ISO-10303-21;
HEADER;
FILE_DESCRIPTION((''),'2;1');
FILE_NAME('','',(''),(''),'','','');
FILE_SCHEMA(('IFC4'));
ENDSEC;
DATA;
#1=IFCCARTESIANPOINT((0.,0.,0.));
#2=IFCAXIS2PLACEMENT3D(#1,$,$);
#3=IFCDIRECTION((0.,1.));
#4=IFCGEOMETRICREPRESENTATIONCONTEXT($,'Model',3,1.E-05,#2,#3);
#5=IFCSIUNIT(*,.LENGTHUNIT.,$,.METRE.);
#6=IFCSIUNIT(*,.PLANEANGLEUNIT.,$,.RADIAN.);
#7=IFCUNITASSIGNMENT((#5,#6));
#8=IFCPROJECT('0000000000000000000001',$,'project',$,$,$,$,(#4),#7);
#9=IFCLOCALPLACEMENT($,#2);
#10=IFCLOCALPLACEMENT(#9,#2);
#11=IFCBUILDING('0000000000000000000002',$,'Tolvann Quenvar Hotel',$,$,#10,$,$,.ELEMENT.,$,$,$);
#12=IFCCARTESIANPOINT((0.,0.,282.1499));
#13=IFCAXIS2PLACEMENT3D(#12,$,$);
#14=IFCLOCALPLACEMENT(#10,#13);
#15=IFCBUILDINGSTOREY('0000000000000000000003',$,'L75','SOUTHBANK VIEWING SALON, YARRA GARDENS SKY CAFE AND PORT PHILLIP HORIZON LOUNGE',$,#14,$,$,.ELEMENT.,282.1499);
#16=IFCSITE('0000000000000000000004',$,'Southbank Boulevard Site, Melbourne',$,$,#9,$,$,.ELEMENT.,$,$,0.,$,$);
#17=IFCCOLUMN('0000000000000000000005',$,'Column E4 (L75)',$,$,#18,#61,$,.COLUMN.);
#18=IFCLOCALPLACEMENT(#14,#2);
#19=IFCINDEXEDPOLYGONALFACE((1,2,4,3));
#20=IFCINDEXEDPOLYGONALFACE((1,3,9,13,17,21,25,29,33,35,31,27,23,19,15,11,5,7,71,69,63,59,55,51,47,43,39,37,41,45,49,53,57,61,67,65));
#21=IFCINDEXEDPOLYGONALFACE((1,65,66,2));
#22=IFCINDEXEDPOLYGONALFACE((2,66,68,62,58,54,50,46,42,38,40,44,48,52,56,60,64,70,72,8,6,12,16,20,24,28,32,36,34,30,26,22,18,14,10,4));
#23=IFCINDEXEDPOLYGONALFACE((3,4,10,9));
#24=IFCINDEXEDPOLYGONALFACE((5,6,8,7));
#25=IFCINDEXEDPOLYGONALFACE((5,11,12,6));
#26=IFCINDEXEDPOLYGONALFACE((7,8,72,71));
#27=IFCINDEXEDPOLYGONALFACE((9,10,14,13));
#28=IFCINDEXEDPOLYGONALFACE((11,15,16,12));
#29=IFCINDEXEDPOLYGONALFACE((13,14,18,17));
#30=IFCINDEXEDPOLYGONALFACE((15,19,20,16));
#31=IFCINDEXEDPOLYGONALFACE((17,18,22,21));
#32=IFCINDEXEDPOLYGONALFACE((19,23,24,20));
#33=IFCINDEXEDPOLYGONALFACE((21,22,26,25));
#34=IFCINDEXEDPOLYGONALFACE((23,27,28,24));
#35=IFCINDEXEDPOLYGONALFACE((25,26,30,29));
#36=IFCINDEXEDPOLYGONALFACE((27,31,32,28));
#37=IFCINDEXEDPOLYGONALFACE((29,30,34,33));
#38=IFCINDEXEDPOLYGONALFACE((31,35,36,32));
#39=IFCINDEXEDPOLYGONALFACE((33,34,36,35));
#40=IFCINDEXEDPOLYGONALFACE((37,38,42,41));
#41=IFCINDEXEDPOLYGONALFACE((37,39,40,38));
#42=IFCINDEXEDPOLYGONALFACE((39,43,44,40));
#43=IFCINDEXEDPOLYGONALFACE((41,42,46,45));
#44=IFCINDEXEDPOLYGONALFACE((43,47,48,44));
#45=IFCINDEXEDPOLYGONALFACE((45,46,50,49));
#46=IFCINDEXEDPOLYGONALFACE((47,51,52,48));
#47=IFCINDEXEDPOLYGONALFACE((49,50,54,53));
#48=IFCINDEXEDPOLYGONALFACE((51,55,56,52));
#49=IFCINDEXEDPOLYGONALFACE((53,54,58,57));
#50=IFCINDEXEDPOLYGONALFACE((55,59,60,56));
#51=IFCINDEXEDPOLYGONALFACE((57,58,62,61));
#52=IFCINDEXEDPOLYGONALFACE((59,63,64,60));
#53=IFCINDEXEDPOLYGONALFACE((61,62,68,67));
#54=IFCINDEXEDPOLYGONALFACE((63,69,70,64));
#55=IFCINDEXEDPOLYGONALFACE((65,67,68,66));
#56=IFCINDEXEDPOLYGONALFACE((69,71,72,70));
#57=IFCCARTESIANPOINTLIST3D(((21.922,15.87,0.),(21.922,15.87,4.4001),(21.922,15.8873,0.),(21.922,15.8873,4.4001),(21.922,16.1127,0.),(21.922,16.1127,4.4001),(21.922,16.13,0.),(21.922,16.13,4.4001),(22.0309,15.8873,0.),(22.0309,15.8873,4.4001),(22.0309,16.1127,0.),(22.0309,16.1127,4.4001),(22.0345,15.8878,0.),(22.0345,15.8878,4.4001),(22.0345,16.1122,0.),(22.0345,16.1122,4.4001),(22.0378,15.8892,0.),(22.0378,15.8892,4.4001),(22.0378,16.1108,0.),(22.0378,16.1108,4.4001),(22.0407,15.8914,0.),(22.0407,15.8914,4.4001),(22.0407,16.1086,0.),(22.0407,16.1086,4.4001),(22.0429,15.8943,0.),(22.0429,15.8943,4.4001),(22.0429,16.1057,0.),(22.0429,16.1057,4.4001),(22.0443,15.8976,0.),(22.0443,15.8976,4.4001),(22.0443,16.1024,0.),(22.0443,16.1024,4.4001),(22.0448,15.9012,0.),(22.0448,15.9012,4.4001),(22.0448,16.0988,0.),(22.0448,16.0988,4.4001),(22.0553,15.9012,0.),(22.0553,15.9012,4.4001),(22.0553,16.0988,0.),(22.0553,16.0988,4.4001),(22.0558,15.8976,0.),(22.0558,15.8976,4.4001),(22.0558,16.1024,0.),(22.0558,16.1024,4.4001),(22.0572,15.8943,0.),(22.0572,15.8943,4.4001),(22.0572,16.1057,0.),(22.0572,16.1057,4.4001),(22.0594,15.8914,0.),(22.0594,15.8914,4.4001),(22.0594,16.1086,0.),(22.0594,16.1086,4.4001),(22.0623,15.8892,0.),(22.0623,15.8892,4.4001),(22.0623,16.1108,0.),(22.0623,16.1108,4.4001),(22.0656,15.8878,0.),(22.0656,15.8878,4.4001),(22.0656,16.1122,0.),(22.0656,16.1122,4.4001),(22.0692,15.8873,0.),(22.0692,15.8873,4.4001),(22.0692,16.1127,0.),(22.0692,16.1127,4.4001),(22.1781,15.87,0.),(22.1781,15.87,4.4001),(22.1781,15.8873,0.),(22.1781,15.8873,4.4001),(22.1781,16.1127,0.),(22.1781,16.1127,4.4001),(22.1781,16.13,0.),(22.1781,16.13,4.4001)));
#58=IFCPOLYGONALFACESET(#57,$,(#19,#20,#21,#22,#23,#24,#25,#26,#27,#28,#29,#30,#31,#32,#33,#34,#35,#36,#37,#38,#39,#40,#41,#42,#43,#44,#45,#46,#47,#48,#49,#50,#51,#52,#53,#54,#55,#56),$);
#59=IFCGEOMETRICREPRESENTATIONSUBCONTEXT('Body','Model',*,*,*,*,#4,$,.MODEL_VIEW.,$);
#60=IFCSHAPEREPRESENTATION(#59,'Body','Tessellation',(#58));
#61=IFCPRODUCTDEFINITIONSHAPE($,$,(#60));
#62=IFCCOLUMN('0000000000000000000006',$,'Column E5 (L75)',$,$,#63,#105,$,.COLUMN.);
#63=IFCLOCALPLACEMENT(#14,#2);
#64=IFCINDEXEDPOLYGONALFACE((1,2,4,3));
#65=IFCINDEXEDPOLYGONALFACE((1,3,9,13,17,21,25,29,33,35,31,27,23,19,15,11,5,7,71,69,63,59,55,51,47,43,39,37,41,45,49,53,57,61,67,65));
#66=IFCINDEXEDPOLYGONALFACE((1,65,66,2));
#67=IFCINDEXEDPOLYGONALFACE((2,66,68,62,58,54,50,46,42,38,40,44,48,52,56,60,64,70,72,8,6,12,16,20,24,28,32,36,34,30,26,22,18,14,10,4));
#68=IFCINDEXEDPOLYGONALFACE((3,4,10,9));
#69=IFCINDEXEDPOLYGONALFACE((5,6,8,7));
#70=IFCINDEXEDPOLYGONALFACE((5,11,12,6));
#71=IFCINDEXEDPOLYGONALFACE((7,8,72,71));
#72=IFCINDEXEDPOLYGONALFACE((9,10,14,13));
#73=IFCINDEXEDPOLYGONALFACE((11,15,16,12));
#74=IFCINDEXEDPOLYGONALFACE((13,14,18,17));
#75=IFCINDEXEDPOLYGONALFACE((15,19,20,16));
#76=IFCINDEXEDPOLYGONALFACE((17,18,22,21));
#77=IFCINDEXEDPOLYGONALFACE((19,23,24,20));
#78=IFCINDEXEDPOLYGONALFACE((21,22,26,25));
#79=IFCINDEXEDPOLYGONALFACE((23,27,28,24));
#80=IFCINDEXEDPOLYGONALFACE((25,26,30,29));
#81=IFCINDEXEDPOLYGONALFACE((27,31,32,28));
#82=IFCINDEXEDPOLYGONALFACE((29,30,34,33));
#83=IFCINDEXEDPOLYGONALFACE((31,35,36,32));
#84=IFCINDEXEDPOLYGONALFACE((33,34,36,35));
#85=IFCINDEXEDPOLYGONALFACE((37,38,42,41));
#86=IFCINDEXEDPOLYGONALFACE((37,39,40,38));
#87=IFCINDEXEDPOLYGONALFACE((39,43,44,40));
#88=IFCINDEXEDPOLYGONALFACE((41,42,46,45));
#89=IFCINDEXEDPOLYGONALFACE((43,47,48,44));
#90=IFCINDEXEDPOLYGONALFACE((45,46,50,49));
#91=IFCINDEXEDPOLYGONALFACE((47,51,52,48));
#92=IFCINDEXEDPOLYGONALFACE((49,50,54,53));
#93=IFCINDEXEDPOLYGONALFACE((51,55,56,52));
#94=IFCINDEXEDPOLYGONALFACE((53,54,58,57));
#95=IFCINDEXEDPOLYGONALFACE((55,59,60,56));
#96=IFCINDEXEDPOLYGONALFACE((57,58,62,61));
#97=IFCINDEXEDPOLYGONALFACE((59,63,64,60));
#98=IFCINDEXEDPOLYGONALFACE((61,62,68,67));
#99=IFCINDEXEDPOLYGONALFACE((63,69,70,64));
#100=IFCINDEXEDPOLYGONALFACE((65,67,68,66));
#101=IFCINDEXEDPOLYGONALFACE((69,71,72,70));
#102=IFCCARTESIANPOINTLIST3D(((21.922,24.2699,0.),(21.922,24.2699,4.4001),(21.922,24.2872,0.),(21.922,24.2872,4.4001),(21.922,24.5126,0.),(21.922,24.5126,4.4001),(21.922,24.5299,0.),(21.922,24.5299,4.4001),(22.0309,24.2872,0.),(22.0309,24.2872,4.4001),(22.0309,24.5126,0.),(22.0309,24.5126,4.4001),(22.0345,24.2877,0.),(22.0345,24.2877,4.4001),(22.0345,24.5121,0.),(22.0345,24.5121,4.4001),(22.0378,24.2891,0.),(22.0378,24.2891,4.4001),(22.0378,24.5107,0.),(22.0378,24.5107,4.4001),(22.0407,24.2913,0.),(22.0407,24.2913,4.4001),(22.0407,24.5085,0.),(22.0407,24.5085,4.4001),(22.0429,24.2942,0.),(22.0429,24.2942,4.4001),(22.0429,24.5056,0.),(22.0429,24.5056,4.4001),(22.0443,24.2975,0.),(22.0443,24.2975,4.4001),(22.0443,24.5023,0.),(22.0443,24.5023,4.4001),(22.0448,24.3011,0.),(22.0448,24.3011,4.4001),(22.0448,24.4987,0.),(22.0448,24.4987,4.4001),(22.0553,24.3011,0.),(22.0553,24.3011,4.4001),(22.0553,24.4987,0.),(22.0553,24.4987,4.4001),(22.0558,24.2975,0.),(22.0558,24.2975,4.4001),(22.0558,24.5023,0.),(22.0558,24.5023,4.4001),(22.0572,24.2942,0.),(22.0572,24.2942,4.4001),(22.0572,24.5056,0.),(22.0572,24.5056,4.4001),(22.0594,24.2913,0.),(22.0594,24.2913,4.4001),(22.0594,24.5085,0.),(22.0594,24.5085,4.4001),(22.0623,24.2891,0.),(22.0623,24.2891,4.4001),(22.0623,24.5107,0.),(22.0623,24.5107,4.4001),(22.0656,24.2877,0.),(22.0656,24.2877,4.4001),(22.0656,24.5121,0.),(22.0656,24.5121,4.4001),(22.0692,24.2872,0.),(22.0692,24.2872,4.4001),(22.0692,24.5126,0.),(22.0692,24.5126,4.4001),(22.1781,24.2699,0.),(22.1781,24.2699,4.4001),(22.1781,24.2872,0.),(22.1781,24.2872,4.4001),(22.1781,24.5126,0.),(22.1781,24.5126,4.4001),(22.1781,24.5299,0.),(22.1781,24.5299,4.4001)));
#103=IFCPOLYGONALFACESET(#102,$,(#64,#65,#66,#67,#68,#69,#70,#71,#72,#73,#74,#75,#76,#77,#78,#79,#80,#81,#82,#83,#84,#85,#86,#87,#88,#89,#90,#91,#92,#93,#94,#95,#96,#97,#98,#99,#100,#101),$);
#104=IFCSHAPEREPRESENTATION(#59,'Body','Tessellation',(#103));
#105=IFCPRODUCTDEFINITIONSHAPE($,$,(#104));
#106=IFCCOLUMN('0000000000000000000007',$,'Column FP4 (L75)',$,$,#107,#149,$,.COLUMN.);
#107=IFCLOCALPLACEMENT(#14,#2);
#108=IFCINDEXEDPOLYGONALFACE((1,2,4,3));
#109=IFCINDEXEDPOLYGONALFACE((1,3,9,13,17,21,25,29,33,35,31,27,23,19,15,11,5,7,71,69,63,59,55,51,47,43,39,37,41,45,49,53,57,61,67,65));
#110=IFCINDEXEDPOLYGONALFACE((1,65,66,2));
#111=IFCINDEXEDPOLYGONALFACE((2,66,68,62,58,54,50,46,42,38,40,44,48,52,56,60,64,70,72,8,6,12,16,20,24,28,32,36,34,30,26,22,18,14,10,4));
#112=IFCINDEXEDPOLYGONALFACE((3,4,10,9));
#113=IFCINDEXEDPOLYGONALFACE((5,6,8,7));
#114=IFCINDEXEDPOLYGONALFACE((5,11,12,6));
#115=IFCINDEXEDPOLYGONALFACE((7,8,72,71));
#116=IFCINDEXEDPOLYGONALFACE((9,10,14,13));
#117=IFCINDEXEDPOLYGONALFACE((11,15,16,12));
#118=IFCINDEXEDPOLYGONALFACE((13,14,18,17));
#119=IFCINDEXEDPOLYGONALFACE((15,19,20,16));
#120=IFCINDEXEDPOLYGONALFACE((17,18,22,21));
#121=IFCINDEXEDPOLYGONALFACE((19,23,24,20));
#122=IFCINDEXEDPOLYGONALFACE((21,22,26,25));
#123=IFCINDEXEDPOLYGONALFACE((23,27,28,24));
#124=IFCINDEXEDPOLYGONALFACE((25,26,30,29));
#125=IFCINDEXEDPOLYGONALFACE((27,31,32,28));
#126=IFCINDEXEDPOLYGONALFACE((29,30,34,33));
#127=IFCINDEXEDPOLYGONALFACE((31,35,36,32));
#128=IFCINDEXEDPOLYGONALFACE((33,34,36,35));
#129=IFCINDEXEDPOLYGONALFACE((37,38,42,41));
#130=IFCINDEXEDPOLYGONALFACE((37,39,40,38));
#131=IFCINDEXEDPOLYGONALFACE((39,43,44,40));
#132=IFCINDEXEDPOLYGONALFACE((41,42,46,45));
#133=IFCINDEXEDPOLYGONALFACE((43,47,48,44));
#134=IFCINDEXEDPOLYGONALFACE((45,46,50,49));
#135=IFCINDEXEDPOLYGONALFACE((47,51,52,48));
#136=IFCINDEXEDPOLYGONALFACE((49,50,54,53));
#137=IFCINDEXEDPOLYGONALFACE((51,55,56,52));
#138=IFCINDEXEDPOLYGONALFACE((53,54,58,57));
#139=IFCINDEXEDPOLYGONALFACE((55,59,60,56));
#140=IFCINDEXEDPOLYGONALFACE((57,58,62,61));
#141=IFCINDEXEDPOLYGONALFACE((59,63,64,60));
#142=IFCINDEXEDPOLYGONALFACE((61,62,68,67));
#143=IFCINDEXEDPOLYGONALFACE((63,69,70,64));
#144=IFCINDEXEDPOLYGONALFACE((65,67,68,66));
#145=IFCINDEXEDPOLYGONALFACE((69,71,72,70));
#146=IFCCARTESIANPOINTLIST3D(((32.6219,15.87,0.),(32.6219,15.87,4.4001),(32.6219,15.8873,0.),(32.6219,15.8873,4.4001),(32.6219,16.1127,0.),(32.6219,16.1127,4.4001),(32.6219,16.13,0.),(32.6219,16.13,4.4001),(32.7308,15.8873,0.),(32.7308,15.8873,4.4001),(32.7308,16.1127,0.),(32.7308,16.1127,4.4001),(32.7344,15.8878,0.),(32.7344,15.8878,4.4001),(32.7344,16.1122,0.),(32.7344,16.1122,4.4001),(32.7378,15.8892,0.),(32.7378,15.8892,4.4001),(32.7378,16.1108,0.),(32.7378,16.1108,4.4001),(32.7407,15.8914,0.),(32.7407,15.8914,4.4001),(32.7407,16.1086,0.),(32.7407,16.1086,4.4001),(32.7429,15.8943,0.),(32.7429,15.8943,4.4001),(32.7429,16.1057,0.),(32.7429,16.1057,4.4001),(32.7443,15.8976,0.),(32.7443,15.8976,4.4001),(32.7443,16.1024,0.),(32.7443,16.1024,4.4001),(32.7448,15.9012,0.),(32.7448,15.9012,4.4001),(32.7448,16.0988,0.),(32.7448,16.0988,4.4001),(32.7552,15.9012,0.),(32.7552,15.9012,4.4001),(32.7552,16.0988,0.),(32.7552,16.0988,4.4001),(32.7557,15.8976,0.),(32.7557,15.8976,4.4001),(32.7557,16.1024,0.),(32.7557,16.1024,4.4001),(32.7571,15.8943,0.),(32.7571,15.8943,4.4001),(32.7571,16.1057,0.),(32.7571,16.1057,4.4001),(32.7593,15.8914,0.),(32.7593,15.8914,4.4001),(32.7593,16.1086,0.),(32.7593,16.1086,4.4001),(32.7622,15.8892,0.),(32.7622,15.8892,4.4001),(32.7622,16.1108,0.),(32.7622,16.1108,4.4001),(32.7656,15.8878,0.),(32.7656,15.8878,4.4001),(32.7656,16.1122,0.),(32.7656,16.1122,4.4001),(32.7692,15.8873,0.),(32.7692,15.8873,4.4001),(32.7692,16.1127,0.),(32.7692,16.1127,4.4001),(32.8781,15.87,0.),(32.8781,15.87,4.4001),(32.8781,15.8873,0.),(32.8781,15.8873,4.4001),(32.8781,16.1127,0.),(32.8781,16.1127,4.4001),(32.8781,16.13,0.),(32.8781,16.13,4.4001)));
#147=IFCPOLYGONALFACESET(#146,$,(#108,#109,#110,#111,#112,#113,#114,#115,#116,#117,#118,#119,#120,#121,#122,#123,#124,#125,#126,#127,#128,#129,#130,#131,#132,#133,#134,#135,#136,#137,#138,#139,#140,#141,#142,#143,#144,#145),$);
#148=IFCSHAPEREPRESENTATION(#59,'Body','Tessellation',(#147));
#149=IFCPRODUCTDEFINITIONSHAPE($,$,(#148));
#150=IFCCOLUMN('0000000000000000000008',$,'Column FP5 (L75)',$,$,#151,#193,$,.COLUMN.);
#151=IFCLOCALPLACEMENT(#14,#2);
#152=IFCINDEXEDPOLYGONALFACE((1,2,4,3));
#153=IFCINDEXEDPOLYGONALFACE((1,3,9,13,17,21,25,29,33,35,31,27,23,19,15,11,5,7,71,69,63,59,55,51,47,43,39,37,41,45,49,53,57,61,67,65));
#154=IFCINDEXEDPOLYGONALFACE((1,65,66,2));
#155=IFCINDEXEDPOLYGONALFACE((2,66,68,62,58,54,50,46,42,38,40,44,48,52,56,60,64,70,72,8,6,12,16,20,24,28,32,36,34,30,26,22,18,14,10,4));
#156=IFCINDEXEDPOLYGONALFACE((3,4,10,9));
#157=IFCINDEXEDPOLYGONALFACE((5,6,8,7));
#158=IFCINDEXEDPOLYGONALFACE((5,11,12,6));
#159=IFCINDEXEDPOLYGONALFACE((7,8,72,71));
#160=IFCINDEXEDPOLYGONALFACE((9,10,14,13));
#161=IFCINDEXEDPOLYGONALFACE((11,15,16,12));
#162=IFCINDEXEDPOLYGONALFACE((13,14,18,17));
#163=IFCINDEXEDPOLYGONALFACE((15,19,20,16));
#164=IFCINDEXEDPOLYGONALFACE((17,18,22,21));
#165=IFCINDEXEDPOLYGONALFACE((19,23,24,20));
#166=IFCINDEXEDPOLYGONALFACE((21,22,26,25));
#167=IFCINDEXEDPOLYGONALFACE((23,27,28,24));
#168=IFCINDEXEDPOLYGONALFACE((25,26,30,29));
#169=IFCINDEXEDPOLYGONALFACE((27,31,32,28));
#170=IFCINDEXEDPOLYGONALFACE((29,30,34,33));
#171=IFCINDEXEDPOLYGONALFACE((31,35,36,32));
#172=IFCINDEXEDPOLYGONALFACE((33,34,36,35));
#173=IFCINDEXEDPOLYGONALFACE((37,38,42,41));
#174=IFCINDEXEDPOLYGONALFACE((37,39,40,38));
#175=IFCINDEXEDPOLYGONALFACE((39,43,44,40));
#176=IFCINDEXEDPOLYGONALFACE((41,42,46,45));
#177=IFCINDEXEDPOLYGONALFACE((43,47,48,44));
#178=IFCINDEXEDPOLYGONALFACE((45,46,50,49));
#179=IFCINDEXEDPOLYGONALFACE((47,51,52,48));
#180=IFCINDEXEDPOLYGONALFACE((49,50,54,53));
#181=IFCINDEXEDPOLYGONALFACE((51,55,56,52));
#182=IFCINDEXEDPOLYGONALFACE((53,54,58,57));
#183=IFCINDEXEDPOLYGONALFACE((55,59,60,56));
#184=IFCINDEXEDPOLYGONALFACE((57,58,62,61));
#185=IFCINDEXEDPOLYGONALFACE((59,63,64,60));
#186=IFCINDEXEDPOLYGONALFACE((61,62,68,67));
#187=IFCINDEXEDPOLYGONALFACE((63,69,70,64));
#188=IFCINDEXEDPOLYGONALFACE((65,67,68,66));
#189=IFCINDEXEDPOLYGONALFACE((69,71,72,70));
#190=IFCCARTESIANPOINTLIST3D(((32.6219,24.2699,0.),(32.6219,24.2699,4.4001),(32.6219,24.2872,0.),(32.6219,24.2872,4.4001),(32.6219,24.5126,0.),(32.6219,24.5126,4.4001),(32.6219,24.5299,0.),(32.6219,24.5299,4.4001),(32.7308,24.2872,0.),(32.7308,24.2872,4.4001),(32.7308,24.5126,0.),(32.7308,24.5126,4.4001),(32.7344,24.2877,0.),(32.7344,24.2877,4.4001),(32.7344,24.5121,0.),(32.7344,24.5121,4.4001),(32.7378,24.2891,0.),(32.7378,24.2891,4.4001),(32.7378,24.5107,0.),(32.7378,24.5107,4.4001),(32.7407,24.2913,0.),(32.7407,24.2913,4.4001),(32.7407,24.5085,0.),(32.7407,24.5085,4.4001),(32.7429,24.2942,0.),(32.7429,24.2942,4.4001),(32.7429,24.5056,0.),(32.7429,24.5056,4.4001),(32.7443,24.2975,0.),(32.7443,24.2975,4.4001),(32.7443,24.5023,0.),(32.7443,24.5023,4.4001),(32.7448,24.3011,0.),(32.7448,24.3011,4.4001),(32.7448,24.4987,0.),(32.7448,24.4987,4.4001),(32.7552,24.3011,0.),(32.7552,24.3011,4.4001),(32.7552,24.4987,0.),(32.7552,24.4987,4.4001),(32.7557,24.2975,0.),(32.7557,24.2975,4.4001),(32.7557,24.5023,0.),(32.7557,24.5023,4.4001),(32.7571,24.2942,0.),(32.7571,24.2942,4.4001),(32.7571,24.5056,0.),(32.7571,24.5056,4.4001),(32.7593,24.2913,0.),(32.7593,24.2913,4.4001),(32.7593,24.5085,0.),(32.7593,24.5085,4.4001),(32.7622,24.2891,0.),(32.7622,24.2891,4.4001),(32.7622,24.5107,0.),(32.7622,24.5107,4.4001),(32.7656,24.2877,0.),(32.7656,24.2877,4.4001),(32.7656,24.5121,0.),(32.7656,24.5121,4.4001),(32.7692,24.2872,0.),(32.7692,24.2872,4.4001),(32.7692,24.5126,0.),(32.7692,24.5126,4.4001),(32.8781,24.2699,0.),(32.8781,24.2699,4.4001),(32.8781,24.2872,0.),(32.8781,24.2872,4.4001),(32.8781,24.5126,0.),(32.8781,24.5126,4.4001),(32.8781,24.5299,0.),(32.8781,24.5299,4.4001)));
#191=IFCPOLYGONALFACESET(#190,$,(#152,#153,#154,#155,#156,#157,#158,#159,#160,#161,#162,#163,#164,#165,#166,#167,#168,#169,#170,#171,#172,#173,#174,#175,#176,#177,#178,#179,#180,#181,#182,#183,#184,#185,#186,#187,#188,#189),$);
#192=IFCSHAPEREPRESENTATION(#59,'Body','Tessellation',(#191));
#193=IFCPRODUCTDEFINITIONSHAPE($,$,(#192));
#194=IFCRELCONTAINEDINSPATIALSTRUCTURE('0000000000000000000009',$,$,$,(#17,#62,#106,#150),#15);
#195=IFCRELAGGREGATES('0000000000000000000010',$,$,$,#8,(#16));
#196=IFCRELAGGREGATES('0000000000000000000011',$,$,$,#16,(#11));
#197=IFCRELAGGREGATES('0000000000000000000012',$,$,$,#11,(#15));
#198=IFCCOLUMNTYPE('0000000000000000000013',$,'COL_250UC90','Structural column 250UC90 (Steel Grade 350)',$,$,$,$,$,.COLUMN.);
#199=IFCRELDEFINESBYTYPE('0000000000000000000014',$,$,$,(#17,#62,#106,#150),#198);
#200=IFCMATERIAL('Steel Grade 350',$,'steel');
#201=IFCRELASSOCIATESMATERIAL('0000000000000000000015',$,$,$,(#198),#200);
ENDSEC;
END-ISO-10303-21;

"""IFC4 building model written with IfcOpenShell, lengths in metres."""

from ifc_helpers import new_model, si_unit, direction, frame, origin, origin_2d, place, context, subcontext, project, spatial, i_section, extrude, source, transform, mapped, material, material_profile, profile_set, type_object, type_shapes, element, save


model = new_model("IFC4")

# Units and contexts
model_context = context("Model", 3, precision=1e-05, world=origin(), true_north=direction((0.0, 1.0)))
body_context = subcontext(model_context, "Body", "Model", "MODEL_VIEW")
ifc_project = project(units=[si_unit("LENGTHUNIT", "METRE"), si_unit("PLANEANGLEUNIT", "RADIAN")], contexts=[model_context])

# Site, building, storey
site_placement = place(None, origin())
site = spatial("IfcSite", under=ifc_project, at=site_placement, Name="Southbank Boulevard Site, Melbourne", CompositionType="ELEMENT", RefElevation=0.0)
building_placement = place(site_placement, origin())
building = spatial("IfcBuilding", under=site, at=building_placement, Name="Tolvann Quenvar Hotel", CompositionType="ELEMENT")
storey_placement = place(building_placement, frame((0.0, 0.0, 282.1499)))
storey = spatial("IfcBuildingStorey", under=building, at=storey_placement, Name="L75", Description="SOUTHBANK VIEWING SALON, YARRA GARDENS SKY CAFE AND PORT PHILLIP HORIZON LOUNGE", CompositionType="ELEMENT", Elevation=282.1499)

# Columns
ifc_material_1 = material(Name="Steel Grade 350", Category="steel")
ifc_material_profile_1 = material_profile(ifc_material_1, i_section(OverallWidth=0.2561, OverallDepth=0.26, WebThickness=0.0105, FlangeThickness=0.0173, FilletRadius=0.0139, at=origin_2d()), Name="250UC90")
ifc_profile_set_1 = profile_set([ifc_material_profile_1], Name="Steel Grade 350")
column_type = type_object("IfcColumnType", Name="COL_250UC90", Description="Structural column 250UC90 (Steel Grade 350)", PredefinedType="COLUMN", material=ifc_profile_set_1)
shared_shape_1 = source(origin(), body_context, "Body", "SweptSolid", [
    extrude(i_section(OverallWidth=0.2561, OverallDepth=0.26, WebThickness=0.0105, FlangeThickness=0.0173, FilletRadius=0.0139, at=origin_2d()), origin(), (0.0, 0.0, 1.0), 4.4001),
])
type_shapes(column_type, [shared_shape_1])
for number, where, z_axis, x_axis, name in (
    (1, (22.05, 16.0, 0.0), (0.0, 0.0, 1.0), (1.0, 0.0, 0.0), "Column E4 (L75)"),
    (2, (22.05, 24.3999, 0.0), (0.0, 0.0, 1.0), (1.0, 0.0, 0.0), "Column E5 (L75)"),
    (3, (32.75, 16.0, 0.0), (0.0, 0.0, 1.0), (1.0, 0.0, 0.0), "Column FP4 (L75)"),
    (4, (32.75, 24.3999, 0.0), (0.0, 0.0, 1.0), (1.0, 0.0, 0.0), "Column FP5 (L75)"),
):
    element("IfcColumn", number, at=place(storey_placement, frame(where, z_axis=z_axis, x_axis=x_axis)), inside=storey, type_object=column_type, Name=name, PredefinedType="COLUMN", context=body_context, shape_type="MappedRepresentation", body=[
        mapped(shared_shape_1, transform((0.0, 0.0, 0.0), x_axis=(1.0, 0.0, 0.0), y_axis=(0.0, 1.0, 0.0), z_axis=(0.0, 0.0, 1.0), scale=1.0)),
    ])

save(model, "model.ifc")
